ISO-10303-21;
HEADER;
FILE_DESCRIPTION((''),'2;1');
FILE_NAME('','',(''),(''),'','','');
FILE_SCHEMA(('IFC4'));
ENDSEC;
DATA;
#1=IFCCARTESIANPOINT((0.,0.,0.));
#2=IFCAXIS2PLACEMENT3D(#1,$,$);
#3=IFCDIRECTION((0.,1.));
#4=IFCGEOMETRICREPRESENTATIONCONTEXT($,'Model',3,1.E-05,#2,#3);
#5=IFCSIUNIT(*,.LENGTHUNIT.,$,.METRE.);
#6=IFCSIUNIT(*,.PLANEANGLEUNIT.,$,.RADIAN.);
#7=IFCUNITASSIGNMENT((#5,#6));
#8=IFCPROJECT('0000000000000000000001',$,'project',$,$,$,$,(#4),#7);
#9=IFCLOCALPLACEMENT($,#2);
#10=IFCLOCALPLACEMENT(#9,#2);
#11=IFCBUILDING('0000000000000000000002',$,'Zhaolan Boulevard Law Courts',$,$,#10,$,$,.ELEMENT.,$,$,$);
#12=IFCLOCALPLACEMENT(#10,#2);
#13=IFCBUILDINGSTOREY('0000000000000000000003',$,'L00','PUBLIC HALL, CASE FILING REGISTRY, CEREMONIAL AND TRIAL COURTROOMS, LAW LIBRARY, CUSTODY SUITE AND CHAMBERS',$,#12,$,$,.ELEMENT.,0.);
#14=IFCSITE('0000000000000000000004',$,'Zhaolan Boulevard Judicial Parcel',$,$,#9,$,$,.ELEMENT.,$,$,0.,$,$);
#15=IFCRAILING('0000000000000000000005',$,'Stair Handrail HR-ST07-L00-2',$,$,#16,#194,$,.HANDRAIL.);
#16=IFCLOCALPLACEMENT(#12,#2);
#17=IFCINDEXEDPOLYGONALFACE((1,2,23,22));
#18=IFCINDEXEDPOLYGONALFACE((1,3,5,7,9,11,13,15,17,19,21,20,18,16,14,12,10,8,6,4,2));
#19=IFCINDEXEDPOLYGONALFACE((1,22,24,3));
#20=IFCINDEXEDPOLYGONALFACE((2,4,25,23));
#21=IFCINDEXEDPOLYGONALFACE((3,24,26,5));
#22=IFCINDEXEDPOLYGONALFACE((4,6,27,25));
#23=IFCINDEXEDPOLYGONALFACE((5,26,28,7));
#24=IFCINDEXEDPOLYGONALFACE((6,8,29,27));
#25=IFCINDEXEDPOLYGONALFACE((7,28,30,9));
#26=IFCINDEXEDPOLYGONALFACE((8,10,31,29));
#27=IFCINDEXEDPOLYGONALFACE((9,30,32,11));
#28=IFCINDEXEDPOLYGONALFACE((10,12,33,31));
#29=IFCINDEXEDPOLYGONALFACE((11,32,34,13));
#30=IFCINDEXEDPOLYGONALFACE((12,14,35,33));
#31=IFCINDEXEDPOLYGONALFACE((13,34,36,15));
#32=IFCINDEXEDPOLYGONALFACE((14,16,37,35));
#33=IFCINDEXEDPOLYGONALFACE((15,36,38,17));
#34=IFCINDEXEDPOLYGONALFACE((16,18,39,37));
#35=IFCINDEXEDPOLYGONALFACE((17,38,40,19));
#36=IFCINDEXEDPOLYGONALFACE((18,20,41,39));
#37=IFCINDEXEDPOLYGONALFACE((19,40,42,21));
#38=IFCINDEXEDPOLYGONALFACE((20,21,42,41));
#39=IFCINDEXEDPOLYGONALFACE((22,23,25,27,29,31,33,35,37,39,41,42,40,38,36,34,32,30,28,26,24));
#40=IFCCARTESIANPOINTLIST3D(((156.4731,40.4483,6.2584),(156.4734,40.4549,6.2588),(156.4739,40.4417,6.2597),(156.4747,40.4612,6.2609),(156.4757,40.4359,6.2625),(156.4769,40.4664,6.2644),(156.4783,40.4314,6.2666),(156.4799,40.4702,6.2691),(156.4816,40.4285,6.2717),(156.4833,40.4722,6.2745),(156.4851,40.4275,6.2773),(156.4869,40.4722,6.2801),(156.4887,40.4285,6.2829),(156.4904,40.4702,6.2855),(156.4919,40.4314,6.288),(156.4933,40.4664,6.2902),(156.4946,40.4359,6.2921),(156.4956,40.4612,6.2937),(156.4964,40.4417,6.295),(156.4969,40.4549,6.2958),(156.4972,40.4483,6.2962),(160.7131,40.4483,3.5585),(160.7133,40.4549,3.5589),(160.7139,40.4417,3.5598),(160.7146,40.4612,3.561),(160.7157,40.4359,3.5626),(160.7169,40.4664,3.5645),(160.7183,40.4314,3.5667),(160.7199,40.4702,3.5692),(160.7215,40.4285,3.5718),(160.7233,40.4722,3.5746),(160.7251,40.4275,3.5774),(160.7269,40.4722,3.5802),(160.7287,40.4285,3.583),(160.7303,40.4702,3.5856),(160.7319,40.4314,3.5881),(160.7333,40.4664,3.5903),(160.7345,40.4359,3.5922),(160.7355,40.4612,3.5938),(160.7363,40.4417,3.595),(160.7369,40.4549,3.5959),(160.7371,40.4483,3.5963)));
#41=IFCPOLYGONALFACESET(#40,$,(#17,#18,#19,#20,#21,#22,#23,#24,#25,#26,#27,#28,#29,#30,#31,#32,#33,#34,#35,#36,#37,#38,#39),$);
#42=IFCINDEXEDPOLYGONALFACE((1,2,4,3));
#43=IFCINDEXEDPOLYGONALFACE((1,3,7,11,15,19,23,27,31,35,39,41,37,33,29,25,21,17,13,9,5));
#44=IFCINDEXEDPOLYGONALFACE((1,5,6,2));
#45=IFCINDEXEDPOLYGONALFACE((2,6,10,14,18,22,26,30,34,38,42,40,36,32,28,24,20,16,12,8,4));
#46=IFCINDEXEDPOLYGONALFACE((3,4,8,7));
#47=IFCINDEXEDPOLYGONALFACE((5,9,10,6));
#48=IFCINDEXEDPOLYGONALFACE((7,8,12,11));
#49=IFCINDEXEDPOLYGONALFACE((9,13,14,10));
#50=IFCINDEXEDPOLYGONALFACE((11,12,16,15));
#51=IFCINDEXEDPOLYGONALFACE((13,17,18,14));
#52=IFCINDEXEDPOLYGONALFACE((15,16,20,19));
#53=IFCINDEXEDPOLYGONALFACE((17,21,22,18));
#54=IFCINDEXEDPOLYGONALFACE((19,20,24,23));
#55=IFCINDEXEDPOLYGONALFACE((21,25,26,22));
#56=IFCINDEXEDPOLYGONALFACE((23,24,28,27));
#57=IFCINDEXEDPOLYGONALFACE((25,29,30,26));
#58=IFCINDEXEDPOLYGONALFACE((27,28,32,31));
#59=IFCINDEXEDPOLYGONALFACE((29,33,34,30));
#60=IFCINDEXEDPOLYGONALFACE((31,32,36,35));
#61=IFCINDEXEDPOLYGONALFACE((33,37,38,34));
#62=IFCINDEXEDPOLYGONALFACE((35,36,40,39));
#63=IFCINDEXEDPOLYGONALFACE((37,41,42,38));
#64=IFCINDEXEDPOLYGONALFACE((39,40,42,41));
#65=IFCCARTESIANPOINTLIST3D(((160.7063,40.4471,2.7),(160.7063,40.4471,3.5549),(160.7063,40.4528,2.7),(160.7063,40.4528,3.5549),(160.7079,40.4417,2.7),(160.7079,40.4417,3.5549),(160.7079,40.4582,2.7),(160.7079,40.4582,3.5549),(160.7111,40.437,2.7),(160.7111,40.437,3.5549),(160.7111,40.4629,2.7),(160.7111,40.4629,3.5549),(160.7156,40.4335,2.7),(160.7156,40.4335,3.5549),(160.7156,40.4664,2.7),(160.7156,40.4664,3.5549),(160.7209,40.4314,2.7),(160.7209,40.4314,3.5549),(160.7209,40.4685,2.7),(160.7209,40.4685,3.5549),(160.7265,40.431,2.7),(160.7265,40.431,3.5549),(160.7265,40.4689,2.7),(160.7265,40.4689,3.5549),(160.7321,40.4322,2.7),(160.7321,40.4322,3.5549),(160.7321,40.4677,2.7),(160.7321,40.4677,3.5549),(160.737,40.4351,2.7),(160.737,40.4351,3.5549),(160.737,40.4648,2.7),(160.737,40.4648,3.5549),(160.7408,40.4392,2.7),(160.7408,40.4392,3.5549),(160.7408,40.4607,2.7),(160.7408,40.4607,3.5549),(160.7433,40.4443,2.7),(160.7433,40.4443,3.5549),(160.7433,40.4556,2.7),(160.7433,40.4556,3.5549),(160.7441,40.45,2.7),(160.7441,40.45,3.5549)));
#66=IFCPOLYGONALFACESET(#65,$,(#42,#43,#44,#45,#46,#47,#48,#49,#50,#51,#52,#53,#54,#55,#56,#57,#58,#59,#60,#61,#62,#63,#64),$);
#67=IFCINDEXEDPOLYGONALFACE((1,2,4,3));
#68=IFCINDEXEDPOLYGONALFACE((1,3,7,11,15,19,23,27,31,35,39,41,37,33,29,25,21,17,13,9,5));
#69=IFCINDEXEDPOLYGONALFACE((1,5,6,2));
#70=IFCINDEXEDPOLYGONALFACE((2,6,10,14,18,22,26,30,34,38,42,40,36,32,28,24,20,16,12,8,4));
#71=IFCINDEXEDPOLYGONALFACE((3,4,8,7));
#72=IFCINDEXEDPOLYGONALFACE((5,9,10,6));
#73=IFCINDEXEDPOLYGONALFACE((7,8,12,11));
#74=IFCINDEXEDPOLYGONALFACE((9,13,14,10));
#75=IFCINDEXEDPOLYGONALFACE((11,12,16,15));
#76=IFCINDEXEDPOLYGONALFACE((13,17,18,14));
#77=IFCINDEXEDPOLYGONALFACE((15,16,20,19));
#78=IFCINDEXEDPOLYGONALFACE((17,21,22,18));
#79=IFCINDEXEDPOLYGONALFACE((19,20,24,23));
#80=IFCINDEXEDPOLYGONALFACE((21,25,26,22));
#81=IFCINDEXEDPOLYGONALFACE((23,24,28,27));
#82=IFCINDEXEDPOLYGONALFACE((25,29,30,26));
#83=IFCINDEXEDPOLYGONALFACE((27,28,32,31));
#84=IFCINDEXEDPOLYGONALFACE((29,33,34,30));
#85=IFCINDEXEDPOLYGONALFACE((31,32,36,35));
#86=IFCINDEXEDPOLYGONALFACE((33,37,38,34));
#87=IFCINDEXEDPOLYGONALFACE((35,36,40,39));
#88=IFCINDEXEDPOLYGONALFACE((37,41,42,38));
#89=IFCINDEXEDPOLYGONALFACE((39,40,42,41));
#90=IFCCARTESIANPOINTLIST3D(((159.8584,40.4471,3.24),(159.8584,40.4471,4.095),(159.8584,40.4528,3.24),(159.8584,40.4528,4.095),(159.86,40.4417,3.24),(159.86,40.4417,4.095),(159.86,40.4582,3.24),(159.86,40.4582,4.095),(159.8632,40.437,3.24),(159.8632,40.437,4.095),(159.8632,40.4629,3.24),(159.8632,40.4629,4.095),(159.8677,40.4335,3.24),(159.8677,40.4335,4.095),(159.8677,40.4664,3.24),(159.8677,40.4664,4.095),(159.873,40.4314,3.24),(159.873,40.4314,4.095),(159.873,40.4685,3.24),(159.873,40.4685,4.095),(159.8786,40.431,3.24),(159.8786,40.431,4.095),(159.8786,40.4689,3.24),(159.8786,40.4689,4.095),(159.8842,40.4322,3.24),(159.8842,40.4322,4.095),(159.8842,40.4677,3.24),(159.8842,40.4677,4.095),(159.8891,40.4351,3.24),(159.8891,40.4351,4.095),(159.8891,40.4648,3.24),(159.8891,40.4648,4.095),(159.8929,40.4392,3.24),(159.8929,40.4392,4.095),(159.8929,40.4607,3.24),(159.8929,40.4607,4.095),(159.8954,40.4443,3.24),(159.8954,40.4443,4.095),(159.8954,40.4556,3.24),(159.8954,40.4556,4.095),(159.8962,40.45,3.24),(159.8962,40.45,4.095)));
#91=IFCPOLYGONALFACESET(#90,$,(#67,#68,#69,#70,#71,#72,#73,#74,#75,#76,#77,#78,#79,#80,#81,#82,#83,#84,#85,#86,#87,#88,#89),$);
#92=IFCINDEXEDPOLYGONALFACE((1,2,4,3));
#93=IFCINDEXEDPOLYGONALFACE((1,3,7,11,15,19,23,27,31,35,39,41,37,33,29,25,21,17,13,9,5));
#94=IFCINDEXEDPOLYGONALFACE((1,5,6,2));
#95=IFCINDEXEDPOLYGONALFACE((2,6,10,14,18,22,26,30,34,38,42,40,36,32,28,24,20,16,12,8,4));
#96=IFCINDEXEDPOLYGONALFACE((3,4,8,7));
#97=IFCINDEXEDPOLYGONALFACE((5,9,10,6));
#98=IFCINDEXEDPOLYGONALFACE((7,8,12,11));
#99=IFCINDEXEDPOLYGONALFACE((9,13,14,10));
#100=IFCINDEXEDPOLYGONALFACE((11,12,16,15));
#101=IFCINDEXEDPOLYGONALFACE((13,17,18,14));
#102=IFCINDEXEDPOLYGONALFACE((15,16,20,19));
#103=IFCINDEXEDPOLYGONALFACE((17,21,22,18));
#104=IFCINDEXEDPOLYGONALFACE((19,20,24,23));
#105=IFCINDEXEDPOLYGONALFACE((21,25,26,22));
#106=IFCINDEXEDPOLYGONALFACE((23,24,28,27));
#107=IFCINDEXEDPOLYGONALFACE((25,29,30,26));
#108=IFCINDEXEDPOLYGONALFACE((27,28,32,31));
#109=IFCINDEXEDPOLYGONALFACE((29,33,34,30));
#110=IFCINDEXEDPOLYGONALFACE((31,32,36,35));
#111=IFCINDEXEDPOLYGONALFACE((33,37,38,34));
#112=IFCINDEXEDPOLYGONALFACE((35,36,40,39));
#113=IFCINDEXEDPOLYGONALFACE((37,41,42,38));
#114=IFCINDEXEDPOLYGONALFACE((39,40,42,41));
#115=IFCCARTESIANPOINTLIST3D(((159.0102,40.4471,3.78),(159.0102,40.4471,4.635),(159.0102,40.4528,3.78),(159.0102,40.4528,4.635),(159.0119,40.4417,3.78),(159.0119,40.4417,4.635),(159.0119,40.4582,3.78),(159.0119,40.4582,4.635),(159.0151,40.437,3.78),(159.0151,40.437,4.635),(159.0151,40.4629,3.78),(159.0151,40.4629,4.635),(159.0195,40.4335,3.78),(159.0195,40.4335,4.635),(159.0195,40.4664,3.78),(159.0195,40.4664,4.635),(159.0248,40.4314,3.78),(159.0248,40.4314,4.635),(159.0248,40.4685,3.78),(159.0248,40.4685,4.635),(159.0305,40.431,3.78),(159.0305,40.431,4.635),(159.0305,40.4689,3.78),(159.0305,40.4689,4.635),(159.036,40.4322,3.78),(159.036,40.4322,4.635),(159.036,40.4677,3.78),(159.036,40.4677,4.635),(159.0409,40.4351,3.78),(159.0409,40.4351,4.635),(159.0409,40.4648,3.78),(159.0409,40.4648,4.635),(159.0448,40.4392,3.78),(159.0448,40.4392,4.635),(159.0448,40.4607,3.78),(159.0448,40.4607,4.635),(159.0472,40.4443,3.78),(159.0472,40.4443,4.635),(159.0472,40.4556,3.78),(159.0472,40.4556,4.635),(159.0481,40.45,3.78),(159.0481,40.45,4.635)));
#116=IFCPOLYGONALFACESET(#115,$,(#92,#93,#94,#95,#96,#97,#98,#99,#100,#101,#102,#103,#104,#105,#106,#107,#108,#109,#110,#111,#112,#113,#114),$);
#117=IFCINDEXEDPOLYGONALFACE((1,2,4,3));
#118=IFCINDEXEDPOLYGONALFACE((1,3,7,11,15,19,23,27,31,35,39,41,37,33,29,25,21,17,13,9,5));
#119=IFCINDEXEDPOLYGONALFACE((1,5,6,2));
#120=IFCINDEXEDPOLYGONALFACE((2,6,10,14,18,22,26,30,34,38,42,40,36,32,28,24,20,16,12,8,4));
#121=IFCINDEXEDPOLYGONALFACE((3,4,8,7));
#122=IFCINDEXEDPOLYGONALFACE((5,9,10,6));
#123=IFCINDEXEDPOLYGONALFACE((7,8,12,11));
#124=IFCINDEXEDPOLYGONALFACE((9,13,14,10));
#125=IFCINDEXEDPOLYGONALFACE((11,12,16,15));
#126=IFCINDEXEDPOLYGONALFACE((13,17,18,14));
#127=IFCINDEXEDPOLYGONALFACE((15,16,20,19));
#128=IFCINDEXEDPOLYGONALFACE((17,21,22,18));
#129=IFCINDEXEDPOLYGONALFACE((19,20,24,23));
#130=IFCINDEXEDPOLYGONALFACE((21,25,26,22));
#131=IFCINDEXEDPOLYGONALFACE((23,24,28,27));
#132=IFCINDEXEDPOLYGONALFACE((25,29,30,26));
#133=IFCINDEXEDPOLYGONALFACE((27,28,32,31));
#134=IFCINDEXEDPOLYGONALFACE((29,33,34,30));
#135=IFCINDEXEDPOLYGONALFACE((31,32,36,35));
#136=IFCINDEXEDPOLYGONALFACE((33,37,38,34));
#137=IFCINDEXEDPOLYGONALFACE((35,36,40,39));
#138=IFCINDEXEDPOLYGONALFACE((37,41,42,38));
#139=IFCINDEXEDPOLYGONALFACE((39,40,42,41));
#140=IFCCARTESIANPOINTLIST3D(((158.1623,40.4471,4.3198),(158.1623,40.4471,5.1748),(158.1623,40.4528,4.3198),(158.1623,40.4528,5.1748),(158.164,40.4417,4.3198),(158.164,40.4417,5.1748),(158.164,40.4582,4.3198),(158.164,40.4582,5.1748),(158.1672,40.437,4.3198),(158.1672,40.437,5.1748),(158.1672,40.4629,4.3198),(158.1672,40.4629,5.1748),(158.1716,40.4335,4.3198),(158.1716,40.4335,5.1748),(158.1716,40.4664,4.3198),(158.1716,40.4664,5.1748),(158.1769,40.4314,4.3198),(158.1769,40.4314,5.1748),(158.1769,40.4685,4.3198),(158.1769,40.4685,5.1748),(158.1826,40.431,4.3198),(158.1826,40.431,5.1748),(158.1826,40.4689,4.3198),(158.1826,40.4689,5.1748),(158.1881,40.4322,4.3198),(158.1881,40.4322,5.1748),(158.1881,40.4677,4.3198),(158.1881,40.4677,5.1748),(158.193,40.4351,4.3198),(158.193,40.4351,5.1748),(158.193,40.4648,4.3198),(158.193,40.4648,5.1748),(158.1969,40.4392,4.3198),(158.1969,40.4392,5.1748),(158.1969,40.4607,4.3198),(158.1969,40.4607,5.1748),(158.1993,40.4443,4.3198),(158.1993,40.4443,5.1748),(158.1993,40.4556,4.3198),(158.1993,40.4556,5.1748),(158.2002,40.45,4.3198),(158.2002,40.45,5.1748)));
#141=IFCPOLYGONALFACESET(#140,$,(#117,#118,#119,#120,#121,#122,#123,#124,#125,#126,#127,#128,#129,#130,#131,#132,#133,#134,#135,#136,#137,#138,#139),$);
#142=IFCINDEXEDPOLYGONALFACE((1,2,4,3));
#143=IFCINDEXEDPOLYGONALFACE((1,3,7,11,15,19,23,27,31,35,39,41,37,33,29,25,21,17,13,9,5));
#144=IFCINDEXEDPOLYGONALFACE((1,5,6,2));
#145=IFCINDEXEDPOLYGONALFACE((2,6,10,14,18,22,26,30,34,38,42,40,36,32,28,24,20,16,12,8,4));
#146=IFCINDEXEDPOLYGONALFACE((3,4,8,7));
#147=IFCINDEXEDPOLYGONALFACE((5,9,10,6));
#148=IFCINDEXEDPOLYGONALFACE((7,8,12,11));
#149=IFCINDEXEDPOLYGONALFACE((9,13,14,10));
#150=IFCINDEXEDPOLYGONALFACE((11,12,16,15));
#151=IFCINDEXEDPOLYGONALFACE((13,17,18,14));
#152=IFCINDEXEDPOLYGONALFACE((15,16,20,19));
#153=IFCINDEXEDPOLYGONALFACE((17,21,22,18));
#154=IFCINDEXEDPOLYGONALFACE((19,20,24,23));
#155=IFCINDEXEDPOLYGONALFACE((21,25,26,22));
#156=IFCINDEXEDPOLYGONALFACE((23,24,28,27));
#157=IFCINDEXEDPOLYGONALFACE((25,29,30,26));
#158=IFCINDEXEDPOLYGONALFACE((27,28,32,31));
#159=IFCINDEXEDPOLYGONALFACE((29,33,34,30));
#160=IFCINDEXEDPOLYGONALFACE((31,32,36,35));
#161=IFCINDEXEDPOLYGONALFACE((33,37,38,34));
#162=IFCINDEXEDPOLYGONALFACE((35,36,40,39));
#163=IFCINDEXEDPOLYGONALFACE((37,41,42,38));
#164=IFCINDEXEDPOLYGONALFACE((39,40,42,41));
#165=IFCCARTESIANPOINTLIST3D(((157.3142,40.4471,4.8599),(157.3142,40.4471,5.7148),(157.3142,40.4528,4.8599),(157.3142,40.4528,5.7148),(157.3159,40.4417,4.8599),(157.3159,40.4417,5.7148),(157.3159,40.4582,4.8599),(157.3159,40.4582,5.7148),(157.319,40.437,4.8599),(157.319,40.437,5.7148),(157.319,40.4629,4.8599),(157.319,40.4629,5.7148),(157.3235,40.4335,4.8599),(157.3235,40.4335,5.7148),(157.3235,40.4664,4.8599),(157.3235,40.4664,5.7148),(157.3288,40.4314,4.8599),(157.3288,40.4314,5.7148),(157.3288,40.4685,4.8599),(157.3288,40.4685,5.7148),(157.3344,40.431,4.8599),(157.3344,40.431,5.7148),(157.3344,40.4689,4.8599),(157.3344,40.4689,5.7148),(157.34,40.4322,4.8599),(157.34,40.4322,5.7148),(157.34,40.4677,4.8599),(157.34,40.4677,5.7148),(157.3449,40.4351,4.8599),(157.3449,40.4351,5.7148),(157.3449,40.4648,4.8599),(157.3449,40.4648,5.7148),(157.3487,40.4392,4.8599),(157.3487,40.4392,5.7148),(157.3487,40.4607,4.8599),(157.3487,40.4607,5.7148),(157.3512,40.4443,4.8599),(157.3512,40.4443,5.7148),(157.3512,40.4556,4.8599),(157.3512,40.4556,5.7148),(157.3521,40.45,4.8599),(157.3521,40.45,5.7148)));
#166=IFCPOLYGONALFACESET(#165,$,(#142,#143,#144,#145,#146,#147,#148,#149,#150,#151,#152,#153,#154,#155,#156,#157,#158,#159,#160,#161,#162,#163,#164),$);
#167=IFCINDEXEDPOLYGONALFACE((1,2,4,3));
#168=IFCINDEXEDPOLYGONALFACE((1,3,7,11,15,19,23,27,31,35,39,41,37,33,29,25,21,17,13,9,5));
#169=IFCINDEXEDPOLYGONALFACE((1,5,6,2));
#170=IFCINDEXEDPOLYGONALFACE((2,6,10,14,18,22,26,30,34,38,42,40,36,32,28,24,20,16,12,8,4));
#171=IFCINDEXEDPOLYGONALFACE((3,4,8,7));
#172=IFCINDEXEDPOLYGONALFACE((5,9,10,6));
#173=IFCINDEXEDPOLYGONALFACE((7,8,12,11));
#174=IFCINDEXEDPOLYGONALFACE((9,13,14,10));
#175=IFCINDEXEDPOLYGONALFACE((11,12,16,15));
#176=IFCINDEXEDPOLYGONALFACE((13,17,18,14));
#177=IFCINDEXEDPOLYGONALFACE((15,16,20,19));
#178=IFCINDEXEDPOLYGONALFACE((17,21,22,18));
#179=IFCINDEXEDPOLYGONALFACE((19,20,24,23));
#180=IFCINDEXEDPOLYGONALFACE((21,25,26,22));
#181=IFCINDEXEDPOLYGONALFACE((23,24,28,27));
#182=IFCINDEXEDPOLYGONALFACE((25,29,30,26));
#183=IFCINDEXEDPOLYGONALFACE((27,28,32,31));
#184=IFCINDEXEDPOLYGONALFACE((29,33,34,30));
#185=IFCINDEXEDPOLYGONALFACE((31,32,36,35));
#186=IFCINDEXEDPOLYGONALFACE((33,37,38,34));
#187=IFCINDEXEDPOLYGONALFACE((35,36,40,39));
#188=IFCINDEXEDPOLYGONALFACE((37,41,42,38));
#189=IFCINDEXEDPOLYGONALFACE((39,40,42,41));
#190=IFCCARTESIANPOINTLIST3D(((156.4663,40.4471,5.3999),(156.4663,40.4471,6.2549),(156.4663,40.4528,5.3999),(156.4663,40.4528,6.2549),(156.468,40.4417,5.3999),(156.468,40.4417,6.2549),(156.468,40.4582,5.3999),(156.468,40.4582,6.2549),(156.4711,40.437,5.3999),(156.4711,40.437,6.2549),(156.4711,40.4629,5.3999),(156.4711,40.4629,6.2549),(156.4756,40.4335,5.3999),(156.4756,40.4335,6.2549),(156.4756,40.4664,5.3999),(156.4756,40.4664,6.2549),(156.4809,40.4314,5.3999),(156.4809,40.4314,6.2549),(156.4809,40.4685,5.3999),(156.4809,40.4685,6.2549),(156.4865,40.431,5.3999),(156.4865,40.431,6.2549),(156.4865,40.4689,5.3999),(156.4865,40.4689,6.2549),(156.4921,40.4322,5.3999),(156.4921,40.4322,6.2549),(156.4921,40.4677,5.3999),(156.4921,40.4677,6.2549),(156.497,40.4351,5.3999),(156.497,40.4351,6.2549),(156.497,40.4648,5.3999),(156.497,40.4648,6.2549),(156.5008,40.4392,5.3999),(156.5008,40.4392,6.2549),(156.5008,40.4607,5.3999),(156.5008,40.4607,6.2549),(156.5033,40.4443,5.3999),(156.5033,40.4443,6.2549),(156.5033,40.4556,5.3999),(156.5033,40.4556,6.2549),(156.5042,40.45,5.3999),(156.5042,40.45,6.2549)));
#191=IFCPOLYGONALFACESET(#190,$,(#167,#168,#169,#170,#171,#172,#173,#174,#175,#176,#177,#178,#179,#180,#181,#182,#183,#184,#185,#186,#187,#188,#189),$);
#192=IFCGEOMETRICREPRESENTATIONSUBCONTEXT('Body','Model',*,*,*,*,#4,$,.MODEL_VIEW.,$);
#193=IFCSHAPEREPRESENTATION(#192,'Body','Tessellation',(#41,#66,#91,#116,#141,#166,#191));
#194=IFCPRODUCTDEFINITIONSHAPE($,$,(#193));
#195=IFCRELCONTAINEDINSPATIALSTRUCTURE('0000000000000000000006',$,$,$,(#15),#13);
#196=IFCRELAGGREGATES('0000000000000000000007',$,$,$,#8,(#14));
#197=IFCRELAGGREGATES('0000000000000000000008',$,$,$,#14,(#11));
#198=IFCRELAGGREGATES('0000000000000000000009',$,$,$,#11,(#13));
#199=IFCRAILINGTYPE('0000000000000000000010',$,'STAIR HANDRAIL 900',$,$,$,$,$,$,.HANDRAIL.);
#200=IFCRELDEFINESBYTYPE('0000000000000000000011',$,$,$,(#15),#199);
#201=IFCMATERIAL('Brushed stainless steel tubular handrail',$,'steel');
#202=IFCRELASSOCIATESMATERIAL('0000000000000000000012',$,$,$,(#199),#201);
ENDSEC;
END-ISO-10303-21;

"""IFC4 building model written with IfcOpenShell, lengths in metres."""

from ifc_helpers import new_model, si_unit, direction, frame, origin, origin_2d, place, context, subcontext, project, spatial, circle, extrude, material, type_object, element, save


model = new_model("IFC4")

# Units and contexts
model_context = context("Model", 3, precision=1e-05, world=origin(), true_north=direction((0.0, 1.0)))
body_context = subcontext(model_context, "Body", "Model", "MODEL_VIEW")
ifc_project = project(units=[si_unit("LENGTHUNIT", "METRE"), si_unit("PLANEANGLEUNIT", "RADIAN")], contexts=[model_context])

# Site, building, storey
site_placement = place(None, origin())
site = spatial("IfcSite", under=ifc_project, at=site_placement, Name="Zhaolan Boulevard Judicial Parcel", CompositionType="ELEMENT", RefElevation=0.0)
building_placement = place(site_placement, origin())
building = spatial("IfcBuilding", under=site, at=building_placement, Name="Zhaolan Boulevard Law Courts", CompositionType="ELEMENT")
storey_placement = place(building_placement, origin())
storey = spatial("IfcBuildingStorey", under=building, at=storey_placement, Name="L00", Description="PUBLIC HALL, CASE FILING REGISTRY, CEREMONIAL AND TRIAL COURTROOMS, LAW LIBRARY, CUSTODY SUITE AND CHAMBERS", CompositionType="ELEMENT", Elevation=0.0)

# Railing
ifc_material_1 = material(Name="Brushed stainless steel tubular handrail", Category="steel")
railing_type_1 = type_object("IfcRailingType", Name="STAIR HANDRAIL 900", PredefinedType="HANDRAIL", material=ifc_material_1)
railing_1_placement = place(storey_placement, frame((160.7251, 40.45, 2.7)))
element("IfcRailing", 1, at=railing_1_placement, inside=storey, type_object=railing_type_1, Name="Stair Handrail HR-ST07-L00-2", PredefinedType="HANDRAIL", context=body_context, shape_type="SweptSolid", body=[
    extrude(circle(Radius=0.0225, at=origin_2d()), frame((0.0, 0.0, 0.8774), z_axis=(-0.843501, 0.0, 0.537127), x_axis=(0.0, -1.0, 0.0)), (0.0, 0.0, 1.0), 5.0266),
    extrude(circle(Radius=0.019, at=origin_2d()), origin(), (0.0, 0.0, 1.0), 0.855),
    extrude(circle(Radius=0.019, at=origin_2d()), frame((-0.8479, 0.0, 0.54)), (0.0, 0.0, 1.0), 0.855),
    extrude(circle(Radius=0.019, at=origin_2d()), frame((-1.696, 0.0, 1.0801)), (0.0, 0.0, 1.0), 0.855),
    extrude(circle(Radius=0.019, at=origin_2d()), frame((-2.5439, 0.0, 1.6199)), (0.0, 0.0, 1.0), 0.855),
    extrude(circle(Radius=0.019, at=origin_2d()), frame((-3.3921, 0.0, 2.1599)), (0.0, 0.0, 1.0), 0.855),
    extrude(circle(Radius=0.019, at=origin_2d()), frame((-4.24, 0.0, 2.7)), (0.0, 0.0, 1.0), 0.855),
])

save(model, "model.ifc")
